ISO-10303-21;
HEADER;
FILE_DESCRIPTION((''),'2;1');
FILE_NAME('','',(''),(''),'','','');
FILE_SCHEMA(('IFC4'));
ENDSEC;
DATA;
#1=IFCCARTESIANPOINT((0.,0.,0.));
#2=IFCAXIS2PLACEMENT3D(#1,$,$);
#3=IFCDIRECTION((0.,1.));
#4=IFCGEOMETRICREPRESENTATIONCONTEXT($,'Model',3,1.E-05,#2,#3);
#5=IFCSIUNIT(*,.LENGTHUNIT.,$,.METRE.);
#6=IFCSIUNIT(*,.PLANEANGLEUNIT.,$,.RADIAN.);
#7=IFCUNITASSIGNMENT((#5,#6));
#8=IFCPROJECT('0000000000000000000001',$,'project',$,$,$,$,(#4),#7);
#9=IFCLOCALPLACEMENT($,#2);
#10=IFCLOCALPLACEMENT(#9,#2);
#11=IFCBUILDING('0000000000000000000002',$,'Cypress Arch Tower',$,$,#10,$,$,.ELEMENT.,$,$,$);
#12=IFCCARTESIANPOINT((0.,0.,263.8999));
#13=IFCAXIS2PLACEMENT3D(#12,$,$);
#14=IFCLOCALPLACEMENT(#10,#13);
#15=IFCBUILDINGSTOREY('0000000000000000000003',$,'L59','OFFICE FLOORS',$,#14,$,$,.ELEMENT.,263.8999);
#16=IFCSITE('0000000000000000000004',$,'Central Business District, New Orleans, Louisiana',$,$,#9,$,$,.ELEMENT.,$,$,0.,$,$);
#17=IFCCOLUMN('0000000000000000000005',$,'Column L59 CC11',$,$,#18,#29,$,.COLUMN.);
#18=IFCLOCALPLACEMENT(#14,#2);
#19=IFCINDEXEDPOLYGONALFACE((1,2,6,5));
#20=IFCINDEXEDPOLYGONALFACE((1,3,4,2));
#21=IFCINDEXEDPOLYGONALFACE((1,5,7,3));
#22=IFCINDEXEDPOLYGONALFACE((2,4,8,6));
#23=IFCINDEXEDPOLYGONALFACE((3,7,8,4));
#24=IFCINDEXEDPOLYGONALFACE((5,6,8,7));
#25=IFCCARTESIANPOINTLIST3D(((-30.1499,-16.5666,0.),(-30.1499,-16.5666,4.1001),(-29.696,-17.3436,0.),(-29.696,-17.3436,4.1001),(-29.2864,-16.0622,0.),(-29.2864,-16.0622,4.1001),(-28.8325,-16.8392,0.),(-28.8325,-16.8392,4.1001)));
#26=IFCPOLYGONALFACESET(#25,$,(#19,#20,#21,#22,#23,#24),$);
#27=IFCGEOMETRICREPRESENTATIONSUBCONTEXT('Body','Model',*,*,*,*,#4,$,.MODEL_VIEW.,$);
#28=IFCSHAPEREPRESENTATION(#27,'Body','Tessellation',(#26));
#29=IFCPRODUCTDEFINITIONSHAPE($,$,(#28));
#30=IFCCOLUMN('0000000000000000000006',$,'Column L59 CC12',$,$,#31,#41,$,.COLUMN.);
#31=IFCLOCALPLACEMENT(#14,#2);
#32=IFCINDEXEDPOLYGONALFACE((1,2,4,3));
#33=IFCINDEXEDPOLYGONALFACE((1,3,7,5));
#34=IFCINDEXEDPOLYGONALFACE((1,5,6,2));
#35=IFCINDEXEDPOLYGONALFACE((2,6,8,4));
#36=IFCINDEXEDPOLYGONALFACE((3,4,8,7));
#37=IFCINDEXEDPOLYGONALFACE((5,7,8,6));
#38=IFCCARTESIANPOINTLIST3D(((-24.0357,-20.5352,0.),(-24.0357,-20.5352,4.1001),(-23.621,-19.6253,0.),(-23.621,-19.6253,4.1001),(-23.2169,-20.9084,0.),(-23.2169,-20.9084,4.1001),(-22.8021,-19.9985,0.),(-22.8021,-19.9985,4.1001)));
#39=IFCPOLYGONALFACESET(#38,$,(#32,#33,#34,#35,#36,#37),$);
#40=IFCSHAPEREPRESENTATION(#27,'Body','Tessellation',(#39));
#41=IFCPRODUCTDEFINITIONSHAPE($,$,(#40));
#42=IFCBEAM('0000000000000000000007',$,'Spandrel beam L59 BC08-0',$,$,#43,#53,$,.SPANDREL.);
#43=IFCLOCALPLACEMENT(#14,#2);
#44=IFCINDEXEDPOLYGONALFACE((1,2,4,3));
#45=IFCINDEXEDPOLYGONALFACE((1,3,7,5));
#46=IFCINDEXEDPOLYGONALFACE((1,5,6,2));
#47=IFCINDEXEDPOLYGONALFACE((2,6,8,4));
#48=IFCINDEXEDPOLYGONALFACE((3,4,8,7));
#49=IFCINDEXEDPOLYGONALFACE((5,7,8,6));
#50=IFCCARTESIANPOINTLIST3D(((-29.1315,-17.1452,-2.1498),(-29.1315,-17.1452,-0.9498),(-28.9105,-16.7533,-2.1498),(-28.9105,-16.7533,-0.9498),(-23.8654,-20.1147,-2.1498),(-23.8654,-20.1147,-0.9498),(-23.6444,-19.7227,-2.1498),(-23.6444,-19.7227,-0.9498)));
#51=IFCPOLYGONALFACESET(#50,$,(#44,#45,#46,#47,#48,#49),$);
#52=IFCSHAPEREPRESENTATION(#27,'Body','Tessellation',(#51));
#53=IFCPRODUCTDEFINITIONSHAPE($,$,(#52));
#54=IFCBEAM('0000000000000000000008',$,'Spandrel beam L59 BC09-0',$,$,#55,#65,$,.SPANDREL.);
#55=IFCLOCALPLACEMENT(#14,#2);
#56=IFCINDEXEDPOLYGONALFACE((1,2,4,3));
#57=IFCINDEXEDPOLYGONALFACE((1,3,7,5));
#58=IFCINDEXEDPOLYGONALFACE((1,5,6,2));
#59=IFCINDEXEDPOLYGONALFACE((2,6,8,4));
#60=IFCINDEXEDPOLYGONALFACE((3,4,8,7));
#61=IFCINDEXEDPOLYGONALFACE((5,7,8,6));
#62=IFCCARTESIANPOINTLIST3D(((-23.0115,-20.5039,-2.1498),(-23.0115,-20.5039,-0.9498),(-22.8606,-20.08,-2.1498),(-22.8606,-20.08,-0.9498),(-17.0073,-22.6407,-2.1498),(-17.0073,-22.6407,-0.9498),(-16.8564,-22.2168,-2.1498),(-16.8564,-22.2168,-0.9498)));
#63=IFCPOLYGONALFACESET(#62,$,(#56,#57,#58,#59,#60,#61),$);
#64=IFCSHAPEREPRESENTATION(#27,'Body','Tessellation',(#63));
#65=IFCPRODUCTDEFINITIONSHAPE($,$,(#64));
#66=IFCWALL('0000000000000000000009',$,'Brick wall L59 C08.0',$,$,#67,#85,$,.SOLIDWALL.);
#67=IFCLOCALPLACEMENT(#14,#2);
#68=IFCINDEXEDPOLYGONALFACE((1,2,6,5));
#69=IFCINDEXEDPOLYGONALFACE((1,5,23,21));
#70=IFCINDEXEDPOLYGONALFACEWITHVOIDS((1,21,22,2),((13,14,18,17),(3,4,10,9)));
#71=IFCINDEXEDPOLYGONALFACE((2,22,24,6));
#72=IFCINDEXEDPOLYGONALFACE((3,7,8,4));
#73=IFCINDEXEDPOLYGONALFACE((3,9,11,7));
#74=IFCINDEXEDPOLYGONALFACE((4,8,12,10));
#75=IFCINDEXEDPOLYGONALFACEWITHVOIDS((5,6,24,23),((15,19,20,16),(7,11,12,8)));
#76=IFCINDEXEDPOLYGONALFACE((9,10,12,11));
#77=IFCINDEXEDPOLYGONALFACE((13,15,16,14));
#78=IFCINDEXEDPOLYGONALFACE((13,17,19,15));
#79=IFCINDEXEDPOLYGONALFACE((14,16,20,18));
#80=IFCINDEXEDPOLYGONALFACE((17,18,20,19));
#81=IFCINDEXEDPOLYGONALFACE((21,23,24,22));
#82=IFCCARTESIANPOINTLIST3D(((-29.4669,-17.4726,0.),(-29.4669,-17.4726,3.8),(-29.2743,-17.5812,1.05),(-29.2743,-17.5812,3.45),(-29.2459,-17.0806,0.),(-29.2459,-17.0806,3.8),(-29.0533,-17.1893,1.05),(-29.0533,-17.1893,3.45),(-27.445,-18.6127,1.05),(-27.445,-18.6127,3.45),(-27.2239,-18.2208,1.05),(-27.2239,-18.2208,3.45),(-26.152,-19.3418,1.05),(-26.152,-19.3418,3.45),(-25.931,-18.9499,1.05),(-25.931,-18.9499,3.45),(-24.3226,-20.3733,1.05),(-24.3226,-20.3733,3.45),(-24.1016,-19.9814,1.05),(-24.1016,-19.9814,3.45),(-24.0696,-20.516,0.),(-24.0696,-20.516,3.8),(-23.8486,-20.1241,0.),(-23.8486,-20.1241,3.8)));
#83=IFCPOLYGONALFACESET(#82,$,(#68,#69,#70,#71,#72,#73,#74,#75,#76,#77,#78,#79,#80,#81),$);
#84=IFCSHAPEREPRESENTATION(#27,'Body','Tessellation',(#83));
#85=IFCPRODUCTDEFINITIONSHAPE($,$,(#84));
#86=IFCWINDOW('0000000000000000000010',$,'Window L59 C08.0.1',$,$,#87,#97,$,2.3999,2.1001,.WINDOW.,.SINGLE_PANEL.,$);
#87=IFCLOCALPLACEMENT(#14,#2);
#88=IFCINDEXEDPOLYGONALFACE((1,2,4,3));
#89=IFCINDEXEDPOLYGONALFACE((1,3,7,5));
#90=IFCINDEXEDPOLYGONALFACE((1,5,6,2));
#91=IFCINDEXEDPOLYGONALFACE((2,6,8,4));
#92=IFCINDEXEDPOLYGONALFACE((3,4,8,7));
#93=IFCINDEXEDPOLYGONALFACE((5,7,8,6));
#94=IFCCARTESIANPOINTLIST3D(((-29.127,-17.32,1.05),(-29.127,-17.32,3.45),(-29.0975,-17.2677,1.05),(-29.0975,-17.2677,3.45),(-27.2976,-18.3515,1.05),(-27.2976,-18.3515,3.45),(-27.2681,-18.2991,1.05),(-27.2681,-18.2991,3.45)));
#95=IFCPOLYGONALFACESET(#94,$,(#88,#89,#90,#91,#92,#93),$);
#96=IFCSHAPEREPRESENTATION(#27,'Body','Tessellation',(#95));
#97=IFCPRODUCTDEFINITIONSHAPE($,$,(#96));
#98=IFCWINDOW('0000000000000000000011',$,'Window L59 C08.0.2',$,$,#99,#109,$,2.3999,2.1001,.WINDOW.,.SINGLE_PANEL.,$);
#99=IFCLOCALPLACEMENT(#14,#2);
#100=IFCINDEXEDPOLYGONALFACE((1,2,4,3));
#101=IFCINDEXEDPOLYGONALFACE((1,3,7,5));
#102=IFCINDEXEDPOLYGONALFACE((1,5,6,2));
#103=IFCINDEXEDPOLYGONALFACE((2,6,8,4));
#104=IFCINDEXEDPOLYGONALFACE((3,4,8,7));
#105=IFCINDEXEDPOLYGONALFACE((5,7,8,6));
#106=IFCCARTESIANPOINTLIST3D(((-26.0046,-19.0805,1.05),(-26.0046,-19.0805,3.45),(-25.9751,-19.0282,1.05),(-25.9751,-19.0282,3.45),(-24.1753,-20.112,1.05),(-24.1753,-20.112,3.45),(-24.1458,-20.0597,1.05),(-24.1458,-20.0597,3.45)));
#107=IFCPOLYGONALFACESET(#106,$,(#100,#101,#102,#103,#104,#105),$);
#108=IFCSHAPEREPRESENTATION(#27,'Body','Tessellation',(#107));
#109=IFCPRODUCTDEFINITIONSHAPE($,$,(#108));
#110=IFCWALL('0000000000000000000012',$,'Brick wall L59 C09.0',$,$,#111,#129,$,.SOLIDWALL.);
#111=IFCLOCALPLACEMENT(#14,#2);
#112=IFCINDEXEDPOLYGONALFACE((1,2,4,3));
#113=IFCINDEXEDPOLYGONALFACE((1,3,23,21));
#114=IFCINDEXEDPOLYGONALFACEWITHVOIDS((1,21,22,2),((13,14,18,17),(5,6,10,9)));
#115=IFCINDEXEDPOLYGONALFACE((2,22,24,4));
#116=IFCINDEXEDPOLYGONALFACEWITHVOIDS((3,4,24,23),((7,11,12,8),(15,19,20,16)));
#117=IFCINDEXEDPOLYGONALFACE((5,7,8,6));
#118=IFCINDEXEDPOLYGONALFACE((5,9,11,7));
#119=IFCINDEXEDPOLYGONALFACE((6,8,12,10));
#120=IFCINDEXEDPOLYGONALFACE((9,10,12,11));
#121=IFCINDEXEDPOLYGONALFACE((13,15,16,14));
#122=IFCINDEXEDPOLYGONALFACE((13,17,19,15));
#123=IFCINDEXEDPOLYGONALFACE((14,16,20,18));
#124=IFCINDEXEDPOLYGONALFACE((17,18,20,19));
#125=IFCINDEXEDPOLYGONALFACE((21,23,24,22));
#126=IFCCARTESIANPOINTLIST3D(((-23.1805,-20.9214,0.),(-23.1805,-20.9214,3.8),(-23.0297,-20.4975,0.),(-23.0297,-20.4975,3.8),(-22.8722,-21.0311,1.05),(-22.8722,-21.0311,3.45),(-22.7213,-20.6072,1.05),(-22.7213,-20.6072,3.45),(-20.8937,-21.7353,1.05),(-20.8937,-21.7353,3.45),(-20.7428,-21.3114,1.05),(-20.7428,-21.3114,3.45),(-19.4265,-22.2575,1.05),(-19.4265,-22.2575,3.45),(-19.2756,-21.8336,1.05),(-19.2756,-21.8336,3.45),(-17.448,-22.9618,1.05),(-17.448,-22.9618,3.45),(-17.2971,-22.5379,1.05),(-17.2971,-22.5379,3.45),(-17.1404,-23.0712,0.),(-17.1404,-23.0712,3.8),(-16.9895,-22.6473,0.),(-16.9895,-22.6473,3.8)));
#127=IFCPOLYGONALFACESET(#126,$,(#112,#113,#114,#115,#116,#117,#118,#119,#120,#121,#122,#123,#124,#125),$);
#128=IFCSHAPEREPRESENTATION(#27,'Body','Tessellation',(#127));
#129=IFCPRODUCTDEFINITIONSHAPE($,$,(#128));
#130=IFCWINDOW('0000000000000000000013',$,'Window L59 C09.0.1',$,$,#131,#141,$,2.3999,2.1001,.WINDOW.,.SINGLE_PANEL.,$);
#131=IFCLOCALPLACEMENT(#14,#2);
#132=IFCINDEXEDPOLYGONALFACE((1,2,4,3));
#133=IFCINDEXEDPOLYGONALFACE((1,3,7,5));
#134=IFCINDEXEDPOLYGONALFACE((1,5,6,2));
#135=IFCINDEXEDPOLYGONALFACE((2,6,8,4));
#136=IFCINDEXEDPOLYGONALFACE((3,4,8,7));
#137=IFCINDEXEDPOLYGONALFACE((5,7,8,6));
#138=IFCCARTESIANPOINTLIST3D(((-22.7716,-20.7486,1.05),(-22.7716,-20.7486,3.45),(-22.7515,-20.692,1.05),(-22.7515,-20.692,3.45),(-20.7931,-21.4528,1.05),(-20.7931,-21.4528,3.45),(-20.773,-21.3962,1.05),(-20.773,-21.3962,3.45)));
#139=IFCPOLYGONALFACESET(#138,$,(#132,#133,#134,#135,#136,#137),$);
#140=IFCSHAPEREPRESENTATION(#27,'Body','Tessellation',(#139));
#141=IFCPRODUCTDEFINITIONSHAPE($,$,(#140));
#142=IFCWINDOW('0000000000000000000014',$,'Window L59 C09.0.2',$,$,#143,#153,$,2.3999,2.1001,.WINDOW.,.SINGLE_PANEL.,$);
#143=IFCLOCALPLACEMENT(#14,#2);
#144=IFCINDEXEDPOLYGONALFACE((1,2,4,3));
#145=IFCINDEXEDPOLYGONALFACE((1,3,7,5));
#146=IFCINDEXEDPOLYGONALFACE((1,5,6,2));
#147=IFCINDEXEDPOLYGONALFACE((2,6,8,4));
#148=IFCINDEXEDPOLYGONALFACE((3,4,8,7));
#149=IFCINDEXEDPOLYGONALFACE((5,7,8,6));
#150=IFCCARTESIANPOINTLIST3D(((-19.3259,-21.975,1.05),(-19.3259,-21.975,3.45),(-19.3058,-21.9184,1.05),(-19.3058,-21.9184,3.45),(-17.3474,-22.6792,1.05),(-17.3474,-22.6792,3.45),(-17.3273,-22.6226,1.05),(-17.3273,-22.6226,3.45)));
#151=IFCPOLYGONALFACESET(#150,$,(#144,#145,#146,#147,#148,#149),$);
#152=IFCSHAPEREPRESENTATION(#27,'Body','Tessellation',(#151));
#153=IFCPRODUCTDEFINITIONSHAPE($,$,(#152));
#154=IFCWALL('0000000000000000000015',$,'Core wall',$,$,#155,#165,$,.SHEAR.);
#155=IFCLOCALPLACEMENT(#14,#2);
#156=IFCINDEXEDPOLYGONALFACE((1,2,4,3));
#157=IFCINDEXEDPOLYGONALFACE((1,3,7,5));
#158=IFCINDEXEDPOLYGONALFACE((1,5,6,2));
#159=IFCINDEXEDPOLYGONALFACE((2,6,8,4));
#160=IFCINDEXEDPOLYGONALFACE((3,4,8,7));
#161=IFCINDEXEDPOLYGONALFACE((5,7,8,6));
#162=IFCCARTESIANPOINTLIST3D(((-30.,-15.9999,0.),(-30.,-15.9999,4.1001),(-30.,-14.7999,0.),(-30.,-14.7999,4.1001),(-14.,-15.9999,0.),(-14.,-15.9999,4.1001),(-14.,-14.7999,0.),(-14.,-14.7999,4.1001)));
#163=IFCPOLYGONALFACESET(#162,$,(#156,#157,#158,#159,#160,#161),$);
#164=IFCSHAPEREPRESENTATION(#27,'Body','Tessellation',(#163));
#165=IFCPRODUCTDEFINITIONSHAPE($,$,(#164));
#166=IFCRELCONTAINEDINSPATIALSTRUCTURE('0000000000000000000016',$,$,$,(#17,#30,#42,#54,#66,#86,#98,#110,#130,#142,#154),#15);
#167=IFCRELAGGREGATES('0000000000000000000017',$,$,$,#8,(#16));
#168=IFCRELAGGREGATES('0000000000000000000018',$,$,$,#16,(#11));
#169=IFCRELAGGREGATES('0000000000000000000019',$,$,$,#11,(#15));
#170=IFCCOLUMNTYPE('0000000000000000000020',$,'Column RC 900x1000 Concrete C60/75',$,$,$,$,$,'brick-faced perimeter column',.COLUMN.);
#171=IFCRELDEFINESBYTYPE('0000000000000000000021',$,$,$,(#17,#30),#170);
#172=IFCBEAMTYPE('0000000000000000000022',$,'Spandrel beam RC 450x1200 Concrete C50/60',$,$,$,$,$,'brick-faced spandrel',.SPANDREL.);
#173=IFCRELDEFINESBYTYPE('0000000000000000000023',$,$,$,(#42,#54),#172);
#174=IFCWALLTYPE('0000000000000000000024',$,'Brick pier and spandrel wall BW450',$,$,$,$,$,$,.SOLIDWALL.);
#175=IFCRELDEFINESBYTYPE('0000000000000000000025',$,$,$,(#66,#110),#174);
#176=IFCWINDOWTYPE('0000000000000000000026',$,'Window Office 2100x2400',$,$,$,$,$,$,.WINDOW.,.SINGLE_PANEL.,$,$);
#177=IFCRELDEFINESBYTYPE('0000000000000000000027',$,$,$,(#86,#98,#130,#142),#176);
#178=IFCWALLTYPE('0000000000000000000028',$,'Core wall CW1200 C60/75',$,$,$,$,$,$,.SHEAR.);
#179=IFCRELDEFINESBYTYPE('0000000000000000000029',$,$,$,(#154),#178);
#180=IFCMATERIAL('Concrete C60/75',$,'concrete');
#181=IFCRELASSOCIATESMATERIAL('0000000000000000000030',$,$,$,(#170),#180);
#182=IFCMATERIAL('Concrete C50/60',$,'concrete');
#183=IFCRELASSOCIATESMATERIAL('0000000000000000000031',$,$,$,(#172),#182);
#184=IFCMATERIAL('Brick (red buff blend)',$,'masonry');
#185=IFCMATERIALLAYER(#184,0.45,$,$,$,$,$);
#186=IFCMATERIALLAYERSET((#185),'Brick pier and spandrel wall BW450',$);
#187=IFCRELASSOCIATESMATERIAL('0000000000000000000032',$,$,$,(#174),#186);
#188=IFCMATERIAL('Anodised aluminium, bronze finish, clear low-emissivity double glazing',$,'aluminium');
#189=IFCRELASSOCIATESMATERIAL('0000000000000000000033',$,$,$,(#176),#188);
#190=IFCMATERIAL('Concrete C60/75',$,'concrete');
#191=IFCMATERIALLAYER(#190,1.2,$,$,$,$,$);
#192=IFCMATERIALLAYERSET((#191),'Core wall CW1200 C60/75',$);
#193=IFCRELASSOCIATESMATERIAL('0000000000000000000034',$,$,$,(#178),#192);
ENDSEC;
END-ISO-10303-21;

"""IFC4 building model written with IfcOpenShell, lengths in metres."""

from ifc_helpers import new_model, si_unit, direction, frame, frame_2d, origin, origin_2d, place, context, subcontext, project, spatial, rectangle, extrude, material, layer, layer_set, material_profile, profile_set, type_object, element, fill, save


model = new_model("IFC4")

# Units and contexts
model_context = context("Model", 3, precision=1e-05, world=origin(), true_north=direction((0.0, 1.0)))
body_context = subcontext(model_context, "Body", "Model", "MODEL_VIEW")
ifc_project = project(units=[si_unit("LENGTHUNIT", "METRE"), si_unit("PLANEANGLEUNIT", "RADIAN")], contexts=[model_context])

# Site, building, storey
site_placement = place(None, origin())
site = spatial("IfcSite", under=ifc_project, at=site_placement, Name="Central Business District, New Orleans, Louisiana", CompositionType="ELEMENT", RefElevation=0.0)
building_placement = place(site_placement, origin())
building = spatial("IfcBuilding", under=site, at=building_placement, Name="Cypress Arch Tower", CompositionType="ELEMENT")
storey_placement = place(building_placement, frame((0.0, 0.0, 263.8999)))
storey = spatial("IfcBuildingStorey", under=building, at=storey_placement, Name="L59", Description="OFFICE FLOORS", CompositionType="ELEMENT", Elevation=263.8999)

# Columns
ifc_material_1 = material(Name="Concrete C60/75", Category="concrete")
ifc_material_profile_1 = material_profile(ifc_material_1, rectangle(XDim=0.8999, YDim=1.0, at=origin_2d()), Name="RC 900x1000")
ifc_profile_set_1 = profile_set([ifc_material_profile_1], Name="Concrete C60/75")
column_type = type_object("IfcColumnType", Name="Column RC 900x1000 Concrete C60/75", ElementType="brick-faced perimeter column", PredefinedType="COLUMN", material=ifc_profile_set_1)
for number, where, z_axis, x_axis, name in (
    (1, (-29.4912, -16.7029, 0.0), (0.0, 0.0, 1.0), (0.504399, -0.863471, 0.0), "Column L59 CC11"),
    (2, (-23.4189, -20.2668, 0.0), (0.0, 0.0, 1.0), (0.909932, -0.414757, 0.0), "Column L59 CC12"),
):
    element("IfcColumn", number, at=place(storey_placement, frame(where, z_axis=z_axis, x_axis=x_axis)), inside=storey, type_object=column_type, Name=name, PredefinedType="COLUMN", context=body_context, shape_type="SweptSolid", body=[
        extrude(rectangle(XDim=0.8999, YDim=1.0, at=origin_2d()), origin(), (0.0, 0.0, 1.0), 4.1001),
    ])

# Beams
ifc_material_2 = material(Name="Concrete C50/60", Category="concrete")
ifc_material_profile_2 = material_profile(ifc_material_2, rectangle(XDim=0.45, YDim=1.2, at=origin_2d()), Name="RC 450x1200")
ifc_profile_set_2 = profile_set([ifc_material_profile_2], Name="Concrete C50/60")
beam_type = type_object("IfcBeamType", Name="Spandrel beam RC 450x1200 Concrete C50/60", ElementType="brick-faced spandrel", PredefinedType="SPANDREL", material=ifc_profile_set_2)
beam_1_placement = place(storey_placement, frame((-29.021, -16.9492, -1.5498), z_axis=(0.87106, -0.491177, 0.0), x_axis=(0.491177, 0.87106, 0.0)))
element("IfcBeam", 3, at=beam_1_placement, inside=storey, type_object=beam_type, Name="Spandrel beam L59 BC08-0", PredefinedType="SPANDREL", context=body_context, shape_type="SweptSolid", body=[
    extrude(rectangle(XDim=0.45, YDim=1.2, at=origin_2d()), origin(), (0.0, 0.0, 1.0), 6.0457),
])
beam_2_placement = place(storey_placement, frame((-22.936, -20.292, -1.5498), z_axis=(0.94212, -0.335276, 0.0), x_axis=(0.335276, 0.94212, 0.0)))
element("IfcBeam", 4, at=beam_2_placement, inside=storey, type_object=beam_type, Name="Spandrel beam L59 BC09-0", PredefinedType="SPANDREL", context=body_context, shape_type="SweptSolid", body=[
    extrude(rectangle(XDim=0.45, YDim=1.2, at=origin_2d()), origin(), (0.0, 0.0, 1.0), 6.373),
])

# Walls, openings, windows
ifc_material_3 = material(Name="Brick (red buff blend)", Category="masonry")
ifc_layer_1 = layer(ifc_material_3, 0.45)
ifc_layer_set_1 = layer_set([ifc_layer_1], Name="Brick pier and spandrel wall BW450")
wall_type_1 = type_object("IfcWallType", Name="Brick pier and spandrel wall BW450", PredefinedType="SOLIDWALL", material=ifc_layer_set_1)
wall_1_placement = place(storey_placement, frame((-29.3564, -17.2766, 0.0), z_axis=(0.0, 0.0, 1.0), x_axis=(0.871066, -0.491166, 0.0)))
wall_1 = element("IfcWall", 5, at=wall_1_placement, inside=storey, type_object=wall_type_1, Name="Brick wall L59 C08.0", PredefinedType="SOLIDWALL", context=body_context, shape_type="SweptSolid", body=[
    extrude(rectangle(XDim=6.1963, YDim=0.45, at=frame_2d((3.0981, 0.0))), origin(), (0.0, 0.0, 1.0), 3.8),
])
opening_1_placement = place(wall_1_placement, frame((0.2212, 0.0, 1.05)))
opening_1 = element("IfcOpeningElement", 6, at=opening_1_placement, cuts=wall_1, PredefinedType="OPENING", context=body_context, shape_type="SweptSolid", body=[
    extrude(rectangle(XDim=2.1001, YDim=2.3999, at=frame_2d((1.05, 1.2))), frame((0.0, 0.2349, 0.0), z_axis=(0.0, -1.0, 0.0), x_axis=(1.0, 0.0, 0.0)), (0.0, 0.0, 1.0), 0.47),
])
opening_2_placement = place(wall_1_placement, frame((3.8057, 0.0, 1.05)))
opening_2 = element("IfcOpeningElement", 7, at=opening_2_placement, cuts=wall_1, PredefinedType="OPENING", context=body_context, shape_type="SweptSolid", body=[
    extrude(rectangle(XDim=2.1001, YDim=2.3999, at=frame_2d((1.05, 1.2))), frame((0.0, 0.2349, 0.0), z_axis=(0.0, -1.0, 0.0), x_axis=(1.0, 0.0, 0.0)), (0.0, 0.0, 1.0), 0.47),
])
ifc_material_4 = material(Name="Anodised aluminium, bronze finish, clear low-emissivity double glazing", Category="aluminium")
window_type = type_object("IfcWindowType", Name="Window Office 2100x2400", PartitioningType="SINGLE_PANEL", PredefinedType="WINDOW", material=ifc_material_4)
window_1_placement = place(opening_1_placement, origin())
window_1 = element("IfcWindow", 8, at=window_1_placement, inside=storey, type_object=window_type, Name="Window L59 C08.0.1", OverallHeight=2.3999, OverallWidth=2.1001, PartitioningType="SINGLE_PANEL", PredefinedType="WINDOW", context=body_context, shape_type="SweptSolid", body=[
    extrude(rectangle(XDim=2.1001, YDim=2.3999, at=frame_2d((1.05, 1.2))), frame((0.0, 0.135, 0.0), z_axis=(0.0, -1.0, 0.0), x_axis=(1.0, 0.0, 0.0)), (0.0, 0.0, 1.0), 0.0601),
])
fill(opening_1, window_1)
window_2_placement = place(opening_2_placement, origin())
window_2 = element("IfcWindow", 9, at=window_2_placement, inside=storey, type_object=window_type, Name="Window L59 C08.0.2", OverallHeight=2.3999, OverallWidth=2.1001, PartitioningType="SINGLE_PANEL", PredefinedType="WINDOW", context=body_context, shape_type="SweptSolid", body=[
    extrude(rectangle(XDim=2.1001, YDim=2.3999, at=frame_2d((1.05, 1.2))), frame((0.0, 0.135, 0.0), z_axis=(0.0, -1.0, 0.0), x_axis=(1.0, 0.0, 0.0)), (0.0, 0.0, 1.0), 0.0601),
])
fill(opening_2, window_2)
wall_2_placement = place(storey_placement, frame((-23.105, -20.7095, 0.0), z_axis=(0.0, 0.0, 1.0), x_axis=(0.942104, -0.335321, 0.0)))
wall_2 = element("IfcWall", 10, at=wall_2_placement, inside=storey, type_object=wall_type_1, Name="Brick wall L59 C09.0", PredefinedType="SOLIDWALL", context=body_context, shape_type="SweptSolid", body=[
    extrude(rectangle(XDim=6.4114, YDim=0.45, at=frame_2d((3.2056, 0.0))), origin(), (0.0, 0.0, 1.0), 3.8),
])
opening_3_placement = place(wall_2_placement, frame((0.3271, 0.0, 1.05)))
opening_3 = element("IfcOpeningElement", 11, at=opening_3_placement, cuts=wall_2, PredefinedType="OPENING", context=body_context, shape_type="SweptSolid", body=[
    extrude(rectangle(XDim=2.1001, YDim=2.3999, at=frame_2d((1.05, 1.2))), frame((0.0, 0.2349, 0.0), z_axis=(0.0, -1.0, 0.0), x_axis=(1.0, 0.0, 0.0)), (0.0, 0.0, 1.0), 0.47),
])
opening_4_placement = place(wall_2_placement, frame((3.9846, 0.0, 1.05)))
opening_4 = element("IfcOpeningElement", 12, at=opening_4_placement, cuts=wall_2, PredefinedType="OPENING", context=body_context, shape_type="SweptSolid", body=[
    extrude(rectangle(XDim=2.1001, YDim=2.3999, at=frame_2d((1.05, 1.2))), frame((0.0, 0.2349, 0.0), z_axis=(0.0, -1.0, 0.0), x_axis=(1.0, 0.0, 0.0)), (0.0, 0.0, 1.0), 0.47),
])
window_3_placement = place(opening_3_placement, origin())
window_3 = element("IfcWindow", 13, at=window_3_placement, inside=storey, type_object=window_type, Name="Window L59 C09.0.1", OverallHeight=2.3999, OverallWidth=2.1001, PartitioningType="SINGLE_PANEL", PredefinedType="WINDOW", context=body_context, shape_type="SweptSolid", body=[
    extrude(rectangle(XDim=2.1001, YDim=2.3999, at=frame_2d((1.05, 1.2))), frame((0.0, 0.135, 0.0), z_axis=(0.0, -1.0, 0.0), x_axis=(1.0, 0.0, 0.0)), (0.0, 0.0, 1.0), 0.0601),
])
fill(opening_3, window_3)
window_4_placement = place(opening_4_placement, origin())
window_4 = element("IfcWindow", 14, at=window_4_placement, inside=storey, type_object=window_type, Name="Window L59 C09.0.2", OverallHeight=2.3999, OverallWidth=2.1001, PartitioningType="SINGLE_PANEL", PredefinedType="WINDOW", context=body_context, shape_type="SweptSolid", body=[
    extrude(rectangle(XDim=2.1001, YDim=2.3999, at=frame_2d((1.05, 1.2))), frame((0.0, 0.135, 0.0), z_axis=(0.0, -1.0, 0.0), x_axis=(1.0, 0.0, 0.0)), (0.0, 0.0, 1.0), 0.0601),
])
fill(opening_4, window_4)

# Wall
ifc_material_5 = material(Name="Concrete C60/75", Category="concrete")
ifc_layer_2 = layer(ifc_material_5, 1.2)
ifc_layer_set_2 = layer_set([ifc_layer_2], Name="Core wall CW1200 C60/75")
wall_type_2 = type_object("IfcWallType", Name="Core wall CW1200 C60/75", PredefinedType="SHEAR", material=ifc_layer_set_2)
wall_3_placement = place(storey_placement, frame((-30.0, -15.3999, 0.0), z_axis=(0.0, 0.0, 1.0), x_axis=(1.0, 0.0, 0.0)))
element("IfcWall", 15, at=wall_3_placement, inside=storey, type_object=wall_type_2, Name="Core wall", PredefinedType="SHEAR", context=body_context, shape_type="SweptSolid", body=[
    extrude(rectangle(XDim=16.0, YDim=1.2, at=frame_2d((8.0, 0.0))), origin(), (0.0, 0.0, 1.0), 4.1001),
])

save(model, "model.ifc")
